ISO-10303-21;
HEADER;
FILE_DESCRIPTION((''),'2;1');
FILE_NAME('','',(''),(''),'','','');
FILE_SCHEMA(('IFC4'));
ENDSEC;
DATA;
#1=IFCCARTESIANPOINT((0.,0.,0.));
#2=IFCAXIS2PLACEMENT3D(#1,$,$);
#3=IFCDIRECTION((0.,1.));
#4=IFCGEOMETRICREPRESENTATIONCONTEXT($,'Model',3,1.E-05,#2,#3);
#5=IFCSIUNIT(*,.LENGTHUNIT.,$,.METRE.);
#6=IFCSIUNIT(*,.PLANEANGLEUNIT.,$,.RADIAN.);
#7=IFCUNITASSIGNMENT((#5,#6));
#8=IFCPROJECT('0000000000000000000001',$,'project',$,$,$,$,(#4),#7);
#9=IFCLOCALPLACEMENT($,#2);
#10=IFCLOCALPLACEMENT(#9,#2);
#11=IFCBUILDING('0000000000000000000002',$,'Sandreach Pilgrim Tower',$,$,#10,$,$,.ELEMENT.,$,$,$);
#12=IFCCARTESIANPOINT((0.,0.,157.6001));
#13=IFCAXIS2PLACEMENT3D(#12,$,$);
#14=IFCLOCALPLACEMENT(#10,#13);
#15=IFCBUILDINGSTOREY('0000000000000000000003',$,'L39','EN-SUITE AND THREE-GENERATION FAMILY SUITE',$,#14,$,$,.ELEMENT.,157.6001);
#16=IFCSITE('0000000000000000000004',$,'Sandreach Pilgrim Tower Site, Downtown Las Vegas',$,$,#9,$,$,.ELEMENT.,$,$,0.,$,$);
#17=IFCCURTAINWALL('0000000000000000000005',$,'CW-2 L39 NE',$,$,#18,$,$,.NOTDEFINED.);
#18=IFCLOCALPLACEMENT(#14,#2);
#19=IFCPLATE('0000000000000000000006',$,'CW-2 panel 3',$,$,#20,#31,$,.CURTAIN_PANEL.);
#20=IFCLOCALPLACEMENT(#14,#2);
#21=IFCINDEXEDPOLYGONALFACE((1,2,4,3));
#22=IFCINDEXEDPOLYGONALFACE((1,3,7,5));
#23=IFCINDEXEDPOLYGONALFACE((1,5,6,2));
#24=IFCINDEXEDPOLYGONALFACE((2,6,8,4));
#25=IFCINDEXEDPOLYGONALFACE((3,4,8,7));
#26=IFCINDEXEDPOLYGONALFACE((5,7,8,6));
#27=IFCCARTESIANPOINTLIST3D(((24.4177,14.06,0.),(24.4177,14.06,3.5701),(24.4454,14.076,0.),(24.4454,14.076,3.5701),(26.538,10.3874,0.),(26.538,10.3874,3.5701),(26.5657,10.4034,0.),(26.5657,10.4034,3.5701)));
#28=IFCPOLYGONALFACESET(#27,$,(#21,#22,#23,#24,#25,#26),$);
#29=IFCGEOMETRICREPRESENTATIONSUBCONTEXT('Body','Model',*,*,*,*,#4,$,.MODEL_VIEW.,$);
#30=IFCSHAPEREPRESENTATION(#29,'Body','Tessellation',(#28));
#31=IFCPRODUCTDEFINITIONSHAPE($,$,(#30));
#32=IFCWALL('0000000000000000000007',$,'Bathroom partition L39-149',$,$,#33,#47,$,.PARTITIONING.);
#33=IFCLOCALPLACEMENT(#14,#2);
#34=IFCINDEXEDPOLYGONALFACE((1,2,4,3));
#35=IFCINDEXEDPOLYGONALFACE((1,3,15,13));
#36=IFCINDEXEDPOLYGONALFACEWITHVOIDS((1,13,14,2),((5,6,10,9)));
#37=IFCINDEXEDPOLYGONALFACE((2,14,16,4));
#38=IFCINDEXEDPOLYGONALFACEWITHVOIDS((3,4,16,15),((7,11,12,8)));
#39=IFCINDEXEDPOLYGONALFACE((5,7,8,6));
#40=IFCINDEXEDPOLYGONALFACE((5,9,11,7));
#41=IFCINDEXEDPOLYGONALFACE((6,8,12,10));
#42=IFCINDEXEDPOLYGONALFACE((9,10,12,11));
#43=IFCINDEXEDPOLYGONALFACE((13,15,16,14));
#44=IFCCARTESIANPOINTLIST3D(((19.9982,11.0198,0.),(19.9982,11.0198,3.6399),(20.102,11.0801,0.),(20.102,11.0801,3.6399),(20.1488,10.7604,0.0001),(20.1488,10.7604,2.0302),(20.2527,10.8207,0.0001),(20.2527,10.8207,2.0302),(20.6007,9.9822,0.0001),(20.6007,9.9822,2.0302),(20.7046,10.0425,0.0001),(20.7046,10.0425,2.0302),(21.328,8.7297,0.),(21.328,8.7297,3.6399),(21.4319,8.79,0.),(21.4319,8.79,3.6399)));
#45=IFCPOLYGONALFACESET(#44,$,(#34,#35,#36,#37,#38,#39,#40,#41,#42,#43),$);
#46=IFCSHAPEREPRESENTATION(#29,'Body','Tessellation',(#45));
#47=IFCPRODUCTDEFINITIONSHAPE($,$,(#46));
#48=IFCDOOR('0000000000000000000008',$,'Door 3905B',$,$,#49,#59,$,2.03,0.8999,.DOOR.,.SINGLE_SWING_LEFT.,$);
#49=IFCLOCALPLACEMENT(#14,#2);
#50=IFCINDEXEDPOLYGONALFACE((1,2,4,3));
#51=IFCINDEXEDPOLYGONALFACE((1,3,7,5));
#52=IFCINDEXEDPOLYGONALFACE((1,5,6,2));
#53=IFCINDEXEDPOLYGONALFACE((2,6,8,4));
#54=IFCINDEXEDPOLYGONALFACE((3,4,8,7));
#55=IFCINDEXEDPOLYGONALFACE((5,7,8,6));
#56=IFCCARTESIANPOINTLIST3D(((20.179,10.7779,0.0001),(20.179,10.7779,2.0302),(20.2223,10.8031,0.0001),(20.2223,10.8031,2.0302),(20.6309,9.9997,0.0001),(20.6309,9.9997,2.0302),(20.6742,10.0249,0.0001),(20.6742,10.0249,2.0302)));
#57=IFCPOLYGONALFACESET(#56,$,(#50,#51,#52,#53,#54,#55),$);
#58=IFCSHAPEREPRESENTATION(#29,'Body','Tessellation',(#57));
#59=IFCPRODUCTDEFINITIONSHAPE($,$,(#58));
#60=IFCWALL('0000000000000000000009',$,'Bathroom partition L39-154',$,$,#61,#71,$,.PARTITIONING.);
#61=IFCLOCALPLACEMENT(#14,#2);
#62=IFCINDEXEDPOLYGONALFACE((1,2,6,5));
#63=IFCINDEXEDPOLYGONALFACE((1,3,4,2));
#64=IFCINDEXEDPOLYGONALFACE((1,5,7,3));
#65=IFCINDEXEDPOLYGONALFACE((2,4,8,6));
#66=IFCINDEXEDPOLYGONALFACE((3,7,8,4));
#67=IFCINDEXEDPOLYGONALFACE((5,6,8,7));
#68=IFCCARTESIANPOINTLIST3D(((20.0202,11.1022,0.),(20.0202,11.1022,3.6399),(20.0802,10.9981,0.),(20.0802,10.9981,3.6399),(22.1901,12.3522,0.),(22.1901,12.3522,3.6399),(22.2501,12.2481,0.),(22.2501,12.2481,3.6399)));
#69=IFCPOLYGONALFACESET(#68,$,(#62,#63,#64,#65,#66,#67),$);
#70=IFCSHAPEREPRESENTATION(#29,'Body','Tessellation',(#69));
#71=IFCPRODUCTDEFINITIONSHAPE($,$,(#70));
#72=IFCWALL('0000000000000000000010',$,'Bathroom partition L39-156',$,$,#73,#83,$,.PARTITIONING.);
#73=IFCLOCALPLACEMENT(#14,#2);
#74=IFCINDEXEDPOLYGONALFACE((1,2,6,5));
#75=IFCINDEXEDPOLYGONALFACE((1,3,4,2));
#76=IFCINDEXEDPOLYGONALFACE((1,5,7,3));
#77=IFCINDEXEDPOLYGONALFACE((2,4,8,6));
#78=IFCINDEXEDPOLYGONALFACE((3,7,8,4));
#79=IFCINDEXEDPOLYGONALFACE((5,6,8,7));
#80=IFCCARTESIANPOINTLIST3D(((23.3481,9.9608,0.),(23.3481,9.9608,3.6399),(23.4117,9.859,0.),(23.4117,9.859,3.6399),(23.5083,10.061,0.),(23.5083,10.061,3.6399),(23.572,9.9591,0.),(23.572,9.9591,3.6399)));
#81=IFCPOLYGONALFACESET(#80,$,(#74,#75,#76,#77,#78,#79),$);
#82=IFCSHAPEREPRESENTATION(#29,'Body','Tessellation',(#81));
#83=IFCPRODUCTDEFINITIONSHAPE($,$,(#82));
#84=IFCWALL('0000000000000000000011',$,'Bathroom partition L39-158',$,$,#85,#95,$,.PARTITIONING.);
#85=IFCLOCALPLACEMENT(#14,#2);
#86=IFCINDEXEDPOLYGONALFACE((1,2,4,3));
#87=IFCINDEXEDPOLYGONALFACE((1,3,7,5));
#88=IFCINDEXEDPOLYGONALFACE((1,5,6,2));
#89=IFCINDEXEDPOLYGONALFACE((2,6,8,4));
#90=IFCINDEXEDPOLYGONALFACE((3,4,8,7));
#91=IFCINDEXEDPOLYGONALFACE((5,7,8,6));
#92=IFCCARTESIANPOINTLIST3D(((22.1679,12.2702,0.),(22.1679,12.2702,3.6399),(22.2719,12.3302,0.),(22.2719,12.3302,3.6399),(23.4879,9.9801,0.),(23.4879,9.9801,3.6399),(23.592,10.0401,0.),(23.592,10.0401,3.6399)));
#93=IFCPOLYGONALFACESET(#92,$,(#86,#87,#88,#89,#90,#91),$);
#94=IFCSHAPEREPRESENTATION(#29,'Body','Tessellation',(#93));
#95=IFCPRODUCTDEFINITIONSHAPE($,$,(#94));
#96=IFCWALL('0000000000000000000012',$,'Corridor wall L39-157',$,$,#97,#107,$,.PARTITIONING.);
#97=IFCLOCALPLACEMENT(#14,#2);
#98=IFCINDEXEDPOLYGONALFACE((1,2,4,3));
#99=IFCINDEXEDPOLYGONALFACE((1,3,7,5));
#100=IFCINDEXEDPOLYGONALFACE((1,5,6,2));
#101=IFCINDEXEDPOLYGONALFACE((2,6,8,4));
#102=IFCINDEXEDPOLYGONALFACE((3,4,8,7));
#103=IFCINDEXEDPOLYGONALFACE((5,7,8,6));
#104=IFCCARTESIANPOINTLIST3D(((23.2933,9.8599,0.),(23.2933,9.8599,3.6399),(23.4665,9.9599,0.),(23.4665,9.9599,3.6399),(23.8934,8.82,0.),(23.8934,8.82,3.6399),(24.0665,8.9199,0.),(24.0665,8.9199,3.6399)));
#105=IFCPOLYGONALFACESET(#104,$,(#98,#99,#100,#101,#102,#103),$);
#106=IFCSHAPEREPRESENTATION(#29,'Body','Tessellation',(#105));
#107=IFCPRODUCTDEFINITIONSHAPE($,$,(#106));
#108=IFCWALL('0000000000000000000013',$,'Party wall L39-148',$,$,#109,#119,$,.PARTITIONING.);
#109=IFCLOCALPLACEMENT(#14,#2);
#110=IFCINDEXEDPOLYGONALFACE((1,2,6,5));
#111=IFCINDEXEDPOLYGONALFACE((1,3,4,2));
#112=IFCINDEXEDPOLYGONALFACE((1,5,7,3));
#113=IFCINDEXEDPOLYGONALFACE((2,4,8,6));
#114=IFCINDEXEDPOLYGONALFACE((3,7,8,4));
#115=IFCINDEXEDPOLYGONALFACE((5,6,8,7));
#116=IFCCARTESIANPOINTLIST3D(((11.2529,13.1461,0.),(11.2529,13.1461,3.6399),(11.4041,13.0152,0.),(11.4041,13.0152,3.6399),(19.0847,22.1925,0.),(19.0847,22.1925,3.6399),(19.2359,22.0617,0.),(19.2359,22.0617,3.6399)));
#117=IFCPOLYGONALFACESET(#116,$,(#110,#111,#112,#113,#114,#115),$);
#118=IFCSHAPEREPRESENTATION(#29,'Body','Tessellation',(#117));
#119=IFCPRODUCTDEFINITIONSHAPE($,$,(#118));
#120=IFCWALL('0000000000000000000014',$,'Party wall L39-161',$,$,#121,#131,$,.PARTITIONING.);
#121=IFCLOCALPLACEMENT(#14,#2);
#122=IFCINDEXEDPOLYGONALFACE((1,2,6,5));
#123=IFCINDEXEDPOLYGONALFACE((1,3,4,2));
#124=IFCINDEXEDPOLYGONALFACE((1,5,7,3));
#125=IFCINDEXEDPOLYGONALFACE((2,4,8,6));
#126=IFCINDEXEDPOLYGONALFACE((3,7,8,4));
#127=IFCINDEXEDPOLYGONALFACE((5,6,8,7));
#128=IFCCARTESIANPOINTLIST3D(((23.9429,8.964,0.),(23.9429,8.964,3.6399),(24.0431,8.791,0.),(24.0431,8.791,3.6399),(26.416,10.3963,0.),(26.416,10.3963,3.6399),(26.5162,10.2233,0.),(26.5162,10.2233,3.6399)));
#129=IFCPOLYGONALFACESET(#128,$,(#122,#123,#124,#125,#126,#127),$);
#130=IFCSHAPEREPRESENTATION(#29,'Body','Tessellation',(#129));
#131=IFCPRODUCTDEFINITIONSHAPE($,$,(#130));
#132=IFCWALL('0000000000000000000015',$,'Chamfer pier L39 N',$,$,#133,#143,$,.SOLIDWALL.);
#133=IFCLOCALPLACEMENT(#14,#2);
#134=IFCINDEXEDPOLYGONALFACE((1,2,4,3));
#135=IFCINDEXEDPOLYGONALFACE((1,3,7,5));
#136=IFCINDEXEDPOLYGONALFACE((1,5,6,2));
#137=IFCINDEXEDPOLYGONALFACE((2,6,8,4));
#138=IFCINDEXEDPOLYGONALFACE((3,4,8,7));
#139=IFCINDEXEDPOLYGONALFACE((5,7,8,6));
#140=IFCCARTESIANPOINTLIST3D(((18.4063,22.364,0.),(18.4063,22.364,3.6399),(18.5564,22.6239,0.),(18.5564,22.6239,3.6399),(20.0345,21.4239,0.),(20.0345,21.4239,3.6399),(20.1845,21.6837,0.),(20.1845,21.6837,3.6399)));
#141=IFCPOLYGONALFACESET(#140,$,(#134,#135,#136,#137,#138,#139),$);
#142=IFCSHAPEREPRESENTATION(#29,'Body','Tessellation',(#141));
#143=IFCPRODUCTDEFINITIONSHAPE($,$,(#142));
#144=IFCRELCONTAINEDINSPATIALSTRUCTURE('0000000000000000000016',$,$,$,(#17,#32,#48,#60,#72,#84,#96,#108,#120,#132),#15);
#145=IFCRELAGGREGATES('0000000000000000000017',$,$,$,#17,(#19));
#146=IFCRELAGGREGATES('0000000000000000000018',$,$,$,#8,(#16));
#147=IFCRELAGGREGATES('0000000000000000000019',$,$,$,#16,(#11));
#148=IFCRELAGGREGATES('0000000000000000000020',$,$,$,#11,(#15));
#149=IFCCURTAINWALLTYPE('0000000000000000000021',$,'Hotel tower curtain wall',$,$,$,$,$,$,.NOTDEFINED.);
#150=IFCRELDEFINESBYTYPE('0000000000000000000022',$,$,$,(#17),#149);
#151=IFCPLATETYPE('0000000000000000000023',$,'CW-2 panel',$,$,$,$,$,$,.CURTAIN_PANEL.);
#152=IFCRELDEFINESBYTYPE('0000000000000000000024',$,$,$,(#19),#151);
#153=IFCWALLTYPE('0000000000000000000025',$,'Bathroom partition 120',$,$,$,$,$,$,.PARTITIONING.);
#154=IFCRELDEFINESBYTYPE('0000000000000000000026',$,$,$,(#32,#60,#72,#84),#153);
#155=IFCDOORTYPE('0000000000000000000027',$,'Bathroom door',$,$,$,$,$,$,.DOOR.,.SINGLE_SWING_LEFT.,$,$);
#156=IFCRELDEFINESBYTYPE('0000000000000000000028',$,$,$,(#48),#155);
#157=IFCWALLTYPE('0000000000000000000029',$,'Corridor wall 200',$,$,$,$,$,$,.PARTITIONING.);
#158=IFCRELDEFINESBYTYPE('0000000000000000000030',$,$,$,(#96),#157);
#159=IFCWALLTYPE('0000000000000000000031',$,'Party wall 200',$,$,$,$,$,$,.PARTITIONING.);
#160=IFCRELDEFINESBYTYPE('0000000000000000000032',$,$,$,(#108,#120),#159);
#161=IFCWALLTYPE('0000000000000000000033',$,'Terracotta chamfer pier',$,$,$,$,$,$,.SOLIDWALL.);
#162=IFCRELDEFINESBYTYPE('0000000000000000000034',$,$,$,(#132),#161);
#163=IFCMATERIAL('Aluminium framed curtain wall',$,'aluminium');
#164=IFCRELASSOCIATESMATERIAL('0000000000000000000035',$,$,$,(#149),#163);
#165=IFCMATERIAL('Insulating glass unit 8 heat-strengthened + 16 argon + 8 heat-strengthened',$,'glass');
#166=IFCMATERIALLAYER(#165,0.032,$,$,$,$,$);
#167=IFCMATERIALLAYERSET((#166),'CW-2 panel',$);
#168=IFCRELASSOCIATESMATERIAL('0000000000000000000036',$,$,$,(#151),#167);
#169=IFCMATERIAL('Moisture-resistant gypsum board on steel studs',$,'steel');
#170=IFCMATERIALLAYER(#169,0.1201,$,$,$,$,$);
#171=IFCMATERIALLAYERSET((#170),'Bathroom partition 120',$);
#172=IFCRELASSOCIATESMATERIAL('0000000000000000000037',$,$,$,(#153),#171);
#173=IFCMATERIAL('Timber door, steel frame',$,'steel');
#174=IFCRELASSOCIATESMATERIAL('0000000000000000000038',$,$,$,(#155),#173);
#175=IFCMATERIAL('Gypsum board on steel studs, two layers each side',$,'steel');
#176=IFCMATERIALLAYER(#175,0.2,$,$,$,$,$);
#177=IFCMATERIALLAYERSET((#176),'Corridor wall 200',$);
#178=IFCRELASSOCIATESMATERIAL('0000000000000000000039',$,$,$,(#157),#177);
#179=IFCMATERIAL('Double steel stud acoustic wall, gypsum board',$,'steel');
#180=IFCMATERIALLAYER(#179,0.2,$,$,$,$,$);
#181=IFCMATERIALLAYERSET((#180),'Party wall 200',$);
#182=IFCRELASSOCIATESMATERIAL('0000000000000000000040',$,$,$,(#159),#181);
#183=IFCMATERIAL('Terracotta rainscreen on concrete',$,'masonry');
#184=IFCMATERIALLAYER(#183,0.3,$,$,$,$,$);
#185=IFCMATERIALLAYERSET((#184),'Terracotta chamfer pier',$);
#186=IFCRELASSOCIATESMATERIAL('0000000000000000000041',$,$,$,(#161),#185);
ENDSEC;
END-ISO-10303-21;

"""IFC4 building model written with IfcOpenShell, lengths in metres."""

from ifc_helpers import new_model, si_unit, direction, frame, frame_2d, origin, origin_2d, place, context, subcontext, project, spatial, rectangle, extrude, material, layer, layer_set, type_object, element, fill, aggregate, save


model = new_model("IFC4")

# Units and contexts
model_context = context("Model", 3, precision=1e-05, world=origin(), true_north=direction((0.0, 1.0)))
body_context = subcontext(model_context, "Body", "Model", "MODEL_VIEW")
ifc_project = project(units=[si_unit("LENGTHUNIT", "METRE"), si_unit("PLANEANGLEUNIT", "RADIAN")], contexts=[model_context])

# Site, building, storey
site_placement = place(None, origin())
site = spatial("IfcSite", under=ifc_project, at=site_placement, Name="Sandreach Pilgrim Tower Site, Downtown Las Vegas", CompositionType="ELEMENT", RefElevation=0.0)
building_placement = place(site_placement, origin())
building = spatial("IfcBuilding", under=site, at=building_placement, Name="Sandreach Pilgrim Tower", CompositionType="ELEMENT")
storey_placement = place(building_placement, frame((0.0, 0.0, 157.6001)))
storey = spatial("IfcBuildingStorey", under=building, at=storey_placement, Name="L39", Description="EN-SUITE AND THREE-GENERATION FAMILY SUITE", CompositionType="ELEMENT", Elevation=157.6001)

# Shared definitions
ifc_material_1 = material(Name="Aluminium framed curtain wall", Category="aluminium")
curtain_wall_type = type_object("IfcCurtainWallType", Name="Hotel tower curtain wall", PredefinedType="NOTDEFINED", material=ifc_material_1)

# Curtain wall
curtain_wall_1_placement = place(storey_placement, origin())
curtain_wall_1 = element("IfcCurtainWall", 1, at=curtain_wall_1_placement, inside=storey, type_object=curtain_wall_type, Name="CW-2 L39 NE", PredefinedType="NOTDEFINED")

# Plate
ifc_material_2 = material(Name="Insulating glass unit 8 heat-strengthened + 16 argon + 8 heat-strengthened", Category="glass")
ifc_layer_1 = layer(ifc_material_2, 0.032)
ifc_layer_set_1 = layer_set([ifc_layer_1], Name="CW-2 panel")
plate_type = type_object("IfcPlateType", Name="CW-2 panel", PredefinedType="CURTAIN_PANEL", material=ifc_layer_set_1)
plate_1_placement = place(storey_placement, frame((25.4917, 12.2317, 0.0), z_axis=(0.0, 0.0, 1.0), x_axis=(0.5, -0.866025, 0.0)))
plate_1 = element("IfcPlate", 2, at=plate_1_placement, type_object=plate_type, Name="CW-2 panel 3", PredefinedType="CURTAIN_PANEL", context=body_context, shape_type="SweptSolid", body=[
    extrude(rectangle(XDim=4.2407, YDim=0.032, at=origin_2d()), origin(), (0.0, 0.0, 1.0), 3.5701),
])
aggregate(curtain_wall_1, [plate_1])

# Wall, opening, door
ifc_material_3 = material(Name="Moisture-resistant gypsum board on steel studs", Category="steel")
ifc_layer_2 = layer(ifc_material_3, 0.1201)
ifc_layer_set_2 = layer_set([ifc_layer_2], Name="Bathroom partition 120")
wall_type_1 = type_object("IfcWallType", Name="Bathroom partition 120", PredefinedType="PARTITIONING", material=ifc_layer_set_2)
wall_1_placement = place(storey_placement, frame((20.05, 11.05, 0.0), z_axis=(0.0, 0.0, 1.0), x_axis=(0.502173, -0.864767, 0.0)))
wall_1 = element("IfcWall", 3, at=wall_1_placement, inside=storey, type_object=wall_type_1, Name="Bathroom partition L39-149", PredefinedType="PARTITIONING", context=body_context, shape_type="SweptSolid", body=[
    extrude(rectangle(XDim=2.6482, YDim=0.1201, at=frame_2d((1.3242, 0.0))), origin(), (0.0, 0.0, 1.0), 3.6399),
])
opening_placement = place(wall_1_placement, frame((0.3, 0.0, 0.0)))
opening = element("IfcOpeningElement", 4, at=opening_placement, cuts=wall_1, PredefinedType="OPENING", context=body_context, shape_type="SweptSolid", body=[
    extrude(rectangle(XDim=0.8999, YDim=2.03, at=frame_2d((0.45, 1.0151))), frame((0.0, 0.0601, 0.0), z_axis=(0.0, -1.0, 0.0), x_axis=(1.0, 0.0, 0.0)), (0.0, 0.0, 1.0), 0.1201),
])
ifc_material_4 = material(Name="Timber door, steel frame", Category="steel")
door_type = type_object("IfcDoorType", Name="Bathroom door", OperationType="SINGLE_SWING_LEFT", PredefinedType="DOOR", material=ifc_material_4)
door_placement = place(opening_placement, origin())
door = element("IfcDoor", 5, at=door_placement, inside=storey, type_object=door_type, Name="Door 3905B", OperationType="SINGLE_SWING_LEFT", OverallHeight=2.03, OverallWidth=0.8999, PredefinedType="DOOR", context=body_context, shape_type="SweptSolid", body=[
    extrude(rectangle(XDim=0.8999, YDim=2.03, at=frame_2d((0.45, 1.0151))), frame((0.0, 0.0249, 0.0), z_axis=(0.0, -1.0, 0.0), x_axis=(1.0, 0.0, 0.0)), (0.0, 0.0, 1.0), 0.05),
])
fill(opening, door)

# Walls
wall_2_placement = place(storey_placement, frame((22.22, 12.3, 0.0), z_axis=(0.0, 0.0, 1.0), x_axis=(-0.86651, -0.49916, 0.0)))
element("IfcWall", 6, at=wall_2_placement, inside=storey, type_object=wall_type_1, Name="Bathroom partition L39-154", PredefinedType="PARTITIONING", context=body_context, shape_type="SweptSolid", body=[
    extrude(rectangle(XDim=2.5042, YDim=0.1201, at=frame_2d((1.252, 0.0))), origin(), (0.0, 0.0, 1.0), 3.6399),
])
wall_3_placement = place(storey_placement, frame((23.3799, 9.9099, 0.0), z_axis=(0.0, 0.0, 1.0), x_axis=(0.847998, 0.529999, 0.0)))
element("IfcWall", 7, at=wall_3_placement, inside=storey, type_object=wall_type_1, Name="Bathroom partition L39-156", PredefinedType="PARTITIONING", context=body_context, shape_type="SweptSolid", body=[
    extrude(rectangle(XDim=0.189, YDim=0.1201, at=frame_2d((0.0945, 0.0))), origin(), (0.0, 0.0, 1.0), 3.6399),
])
wall_4_placement = place(storey_placement, frame((23.54, 10.01, 0.0), z_axis=(0.0, 0.0, 1.0), x_axis=(-0.499408, 0.866367, 0.0)))
element("IfcWall", 8, at=wall_4_placement, inside=storey, type_object=wall_type_1, Name="Bathroom partition L39-158", PredefinedType="PARTITIONING", context=body_context, shape_type="SweptSolid", body=[
    extrude(rectangle(XDim=2.6433, YDim=0.1201, at=frame_2d((1.3218, 0.0))), origin(), (0.0, 0.0, 1.0), 3.6399),
])
ifc_material_5 = material(Name="Gypsum board on steel studs, two layers each side", Category="steel")
ifc_layer_3 = layer(ifc_material_5, 0.2)
ifc_layer_set_3 = layer_set([ifc_layer_3], Name="Corridor wall 200")
wall_type_2 = type_object("IfcWallType", Name="Corridor wall 200", PredefinedType="PARTITIONING", material=ifc_layer_set_3)
wall_5_placement = place(storey_placement, frame((23.3799, 9.9099, 0.0), z_axis=(0.0, 0.0, 1.0), x_axis=(0.499769, -0.866159, 0.0)))
element("IfcWall", 9, at=wall_5_placement, inside=storey, type_object=wall_type_2, Name="Corridor wall L39-157", PredefinedType="PARTITIONING", context=body_context, shape_type="SweptSolid", body=[
    extrude(rectangle(XDim=1.2007, YDim=0.2, at=frame_2d((0.6003, 0.0))), origin(), (0.0, 0.0, 1.0), 3.6399),
])
ifc_material_6 = material(Name="Double steel stud acoustic wall, gypsum board", Category="steel")
ifc_layer_4 = layer(ifc_material_6, 0.2)
ifc_layer_set_4 = layer_set([ifc_layer_4], Name="Party wall 200")
wall_type_3 = type_object("IfcWallType", Name="Party wall 200", PredefinedType="PARTITIONING", material=ifc_layer_set_4)
wall_6_placement = place(storey_placement, frame((19.1604, 22.1272, 0.0), z_axis=(0.0, 0.0, 1.0), x_axis=(-0.654529, -0.756037, 0.0)))
element("IfcWall", 10, at=wall_6_placement, inside=storey, type_object=wall_type_3, Name="Party wall L39-148", PredefinedType="PARTITIONING", context=body_context, shape_type="SweptSolid", body=[
    extrude(rectangle(XDim=11.9656, YDim=0.2, at=frame_2d((5.9829, 0.0))), origin(), (0.0, 0.0, 1.0), 3.6399),
])
wall_7_placement = place(storey_placement, frame((26.4661, 10.3098, 0.0), z_axis=(0.0, 0.0, 1.0), x_axis=(-0.865342, -0.501181, 0.0)))
element("IfcWall", 11, at=wall_7_placement, inside=storey, type_object=wall_type_3, Name="Party wall L39-161", PredefinedType="PARTITIONING", context=body_context, shape_type="SweptSolid", body=[
    extrude(rectangle(XDim=2.8579, YDim=0.2, at=frame_2d((1.429, 0.0))), origin(), (0.0, 0.0, 1.0), 3.6399),
])
ifc_material_7 = material(Name="Terracotta rainscreen on concrete", Category="masonry")
ifc_layer_5 = layer(ifc_material_7, 0.3)
ifc_layer_set_5 = layer_set([ifc_layer_5], Name="Terracotta chamfer pier")
wall_type_4 = type_object("IfcWallType", Name="Terracotta chamfer pier", PredefinedType="SOLIDWALL", material=ifc_layer_set_5)
wall_8_placement = place(storey_placement, frame((18.4814, 22.4939, 0.0), z_axis=(0.0, 0.0, 1.0), x_axis=(0.865989, -0.500063, 0.0)))
element("IfcWall", 12, at=wall_8_placement, inside=storey, type_object=wall_type_4, Name="Chamfer pier L39 N", PredefinedType="SOLIDWALL", context=body_context, shape_type="SweptSolid", body=[
    extrude(rectangle(XDim=1.8801, YDim=0.3, at=frame_2d((0.9399, 0.0))), origin(), (0.0, 0.0, 1.0), 3.6399),
])

save(model, "model.ifc")
